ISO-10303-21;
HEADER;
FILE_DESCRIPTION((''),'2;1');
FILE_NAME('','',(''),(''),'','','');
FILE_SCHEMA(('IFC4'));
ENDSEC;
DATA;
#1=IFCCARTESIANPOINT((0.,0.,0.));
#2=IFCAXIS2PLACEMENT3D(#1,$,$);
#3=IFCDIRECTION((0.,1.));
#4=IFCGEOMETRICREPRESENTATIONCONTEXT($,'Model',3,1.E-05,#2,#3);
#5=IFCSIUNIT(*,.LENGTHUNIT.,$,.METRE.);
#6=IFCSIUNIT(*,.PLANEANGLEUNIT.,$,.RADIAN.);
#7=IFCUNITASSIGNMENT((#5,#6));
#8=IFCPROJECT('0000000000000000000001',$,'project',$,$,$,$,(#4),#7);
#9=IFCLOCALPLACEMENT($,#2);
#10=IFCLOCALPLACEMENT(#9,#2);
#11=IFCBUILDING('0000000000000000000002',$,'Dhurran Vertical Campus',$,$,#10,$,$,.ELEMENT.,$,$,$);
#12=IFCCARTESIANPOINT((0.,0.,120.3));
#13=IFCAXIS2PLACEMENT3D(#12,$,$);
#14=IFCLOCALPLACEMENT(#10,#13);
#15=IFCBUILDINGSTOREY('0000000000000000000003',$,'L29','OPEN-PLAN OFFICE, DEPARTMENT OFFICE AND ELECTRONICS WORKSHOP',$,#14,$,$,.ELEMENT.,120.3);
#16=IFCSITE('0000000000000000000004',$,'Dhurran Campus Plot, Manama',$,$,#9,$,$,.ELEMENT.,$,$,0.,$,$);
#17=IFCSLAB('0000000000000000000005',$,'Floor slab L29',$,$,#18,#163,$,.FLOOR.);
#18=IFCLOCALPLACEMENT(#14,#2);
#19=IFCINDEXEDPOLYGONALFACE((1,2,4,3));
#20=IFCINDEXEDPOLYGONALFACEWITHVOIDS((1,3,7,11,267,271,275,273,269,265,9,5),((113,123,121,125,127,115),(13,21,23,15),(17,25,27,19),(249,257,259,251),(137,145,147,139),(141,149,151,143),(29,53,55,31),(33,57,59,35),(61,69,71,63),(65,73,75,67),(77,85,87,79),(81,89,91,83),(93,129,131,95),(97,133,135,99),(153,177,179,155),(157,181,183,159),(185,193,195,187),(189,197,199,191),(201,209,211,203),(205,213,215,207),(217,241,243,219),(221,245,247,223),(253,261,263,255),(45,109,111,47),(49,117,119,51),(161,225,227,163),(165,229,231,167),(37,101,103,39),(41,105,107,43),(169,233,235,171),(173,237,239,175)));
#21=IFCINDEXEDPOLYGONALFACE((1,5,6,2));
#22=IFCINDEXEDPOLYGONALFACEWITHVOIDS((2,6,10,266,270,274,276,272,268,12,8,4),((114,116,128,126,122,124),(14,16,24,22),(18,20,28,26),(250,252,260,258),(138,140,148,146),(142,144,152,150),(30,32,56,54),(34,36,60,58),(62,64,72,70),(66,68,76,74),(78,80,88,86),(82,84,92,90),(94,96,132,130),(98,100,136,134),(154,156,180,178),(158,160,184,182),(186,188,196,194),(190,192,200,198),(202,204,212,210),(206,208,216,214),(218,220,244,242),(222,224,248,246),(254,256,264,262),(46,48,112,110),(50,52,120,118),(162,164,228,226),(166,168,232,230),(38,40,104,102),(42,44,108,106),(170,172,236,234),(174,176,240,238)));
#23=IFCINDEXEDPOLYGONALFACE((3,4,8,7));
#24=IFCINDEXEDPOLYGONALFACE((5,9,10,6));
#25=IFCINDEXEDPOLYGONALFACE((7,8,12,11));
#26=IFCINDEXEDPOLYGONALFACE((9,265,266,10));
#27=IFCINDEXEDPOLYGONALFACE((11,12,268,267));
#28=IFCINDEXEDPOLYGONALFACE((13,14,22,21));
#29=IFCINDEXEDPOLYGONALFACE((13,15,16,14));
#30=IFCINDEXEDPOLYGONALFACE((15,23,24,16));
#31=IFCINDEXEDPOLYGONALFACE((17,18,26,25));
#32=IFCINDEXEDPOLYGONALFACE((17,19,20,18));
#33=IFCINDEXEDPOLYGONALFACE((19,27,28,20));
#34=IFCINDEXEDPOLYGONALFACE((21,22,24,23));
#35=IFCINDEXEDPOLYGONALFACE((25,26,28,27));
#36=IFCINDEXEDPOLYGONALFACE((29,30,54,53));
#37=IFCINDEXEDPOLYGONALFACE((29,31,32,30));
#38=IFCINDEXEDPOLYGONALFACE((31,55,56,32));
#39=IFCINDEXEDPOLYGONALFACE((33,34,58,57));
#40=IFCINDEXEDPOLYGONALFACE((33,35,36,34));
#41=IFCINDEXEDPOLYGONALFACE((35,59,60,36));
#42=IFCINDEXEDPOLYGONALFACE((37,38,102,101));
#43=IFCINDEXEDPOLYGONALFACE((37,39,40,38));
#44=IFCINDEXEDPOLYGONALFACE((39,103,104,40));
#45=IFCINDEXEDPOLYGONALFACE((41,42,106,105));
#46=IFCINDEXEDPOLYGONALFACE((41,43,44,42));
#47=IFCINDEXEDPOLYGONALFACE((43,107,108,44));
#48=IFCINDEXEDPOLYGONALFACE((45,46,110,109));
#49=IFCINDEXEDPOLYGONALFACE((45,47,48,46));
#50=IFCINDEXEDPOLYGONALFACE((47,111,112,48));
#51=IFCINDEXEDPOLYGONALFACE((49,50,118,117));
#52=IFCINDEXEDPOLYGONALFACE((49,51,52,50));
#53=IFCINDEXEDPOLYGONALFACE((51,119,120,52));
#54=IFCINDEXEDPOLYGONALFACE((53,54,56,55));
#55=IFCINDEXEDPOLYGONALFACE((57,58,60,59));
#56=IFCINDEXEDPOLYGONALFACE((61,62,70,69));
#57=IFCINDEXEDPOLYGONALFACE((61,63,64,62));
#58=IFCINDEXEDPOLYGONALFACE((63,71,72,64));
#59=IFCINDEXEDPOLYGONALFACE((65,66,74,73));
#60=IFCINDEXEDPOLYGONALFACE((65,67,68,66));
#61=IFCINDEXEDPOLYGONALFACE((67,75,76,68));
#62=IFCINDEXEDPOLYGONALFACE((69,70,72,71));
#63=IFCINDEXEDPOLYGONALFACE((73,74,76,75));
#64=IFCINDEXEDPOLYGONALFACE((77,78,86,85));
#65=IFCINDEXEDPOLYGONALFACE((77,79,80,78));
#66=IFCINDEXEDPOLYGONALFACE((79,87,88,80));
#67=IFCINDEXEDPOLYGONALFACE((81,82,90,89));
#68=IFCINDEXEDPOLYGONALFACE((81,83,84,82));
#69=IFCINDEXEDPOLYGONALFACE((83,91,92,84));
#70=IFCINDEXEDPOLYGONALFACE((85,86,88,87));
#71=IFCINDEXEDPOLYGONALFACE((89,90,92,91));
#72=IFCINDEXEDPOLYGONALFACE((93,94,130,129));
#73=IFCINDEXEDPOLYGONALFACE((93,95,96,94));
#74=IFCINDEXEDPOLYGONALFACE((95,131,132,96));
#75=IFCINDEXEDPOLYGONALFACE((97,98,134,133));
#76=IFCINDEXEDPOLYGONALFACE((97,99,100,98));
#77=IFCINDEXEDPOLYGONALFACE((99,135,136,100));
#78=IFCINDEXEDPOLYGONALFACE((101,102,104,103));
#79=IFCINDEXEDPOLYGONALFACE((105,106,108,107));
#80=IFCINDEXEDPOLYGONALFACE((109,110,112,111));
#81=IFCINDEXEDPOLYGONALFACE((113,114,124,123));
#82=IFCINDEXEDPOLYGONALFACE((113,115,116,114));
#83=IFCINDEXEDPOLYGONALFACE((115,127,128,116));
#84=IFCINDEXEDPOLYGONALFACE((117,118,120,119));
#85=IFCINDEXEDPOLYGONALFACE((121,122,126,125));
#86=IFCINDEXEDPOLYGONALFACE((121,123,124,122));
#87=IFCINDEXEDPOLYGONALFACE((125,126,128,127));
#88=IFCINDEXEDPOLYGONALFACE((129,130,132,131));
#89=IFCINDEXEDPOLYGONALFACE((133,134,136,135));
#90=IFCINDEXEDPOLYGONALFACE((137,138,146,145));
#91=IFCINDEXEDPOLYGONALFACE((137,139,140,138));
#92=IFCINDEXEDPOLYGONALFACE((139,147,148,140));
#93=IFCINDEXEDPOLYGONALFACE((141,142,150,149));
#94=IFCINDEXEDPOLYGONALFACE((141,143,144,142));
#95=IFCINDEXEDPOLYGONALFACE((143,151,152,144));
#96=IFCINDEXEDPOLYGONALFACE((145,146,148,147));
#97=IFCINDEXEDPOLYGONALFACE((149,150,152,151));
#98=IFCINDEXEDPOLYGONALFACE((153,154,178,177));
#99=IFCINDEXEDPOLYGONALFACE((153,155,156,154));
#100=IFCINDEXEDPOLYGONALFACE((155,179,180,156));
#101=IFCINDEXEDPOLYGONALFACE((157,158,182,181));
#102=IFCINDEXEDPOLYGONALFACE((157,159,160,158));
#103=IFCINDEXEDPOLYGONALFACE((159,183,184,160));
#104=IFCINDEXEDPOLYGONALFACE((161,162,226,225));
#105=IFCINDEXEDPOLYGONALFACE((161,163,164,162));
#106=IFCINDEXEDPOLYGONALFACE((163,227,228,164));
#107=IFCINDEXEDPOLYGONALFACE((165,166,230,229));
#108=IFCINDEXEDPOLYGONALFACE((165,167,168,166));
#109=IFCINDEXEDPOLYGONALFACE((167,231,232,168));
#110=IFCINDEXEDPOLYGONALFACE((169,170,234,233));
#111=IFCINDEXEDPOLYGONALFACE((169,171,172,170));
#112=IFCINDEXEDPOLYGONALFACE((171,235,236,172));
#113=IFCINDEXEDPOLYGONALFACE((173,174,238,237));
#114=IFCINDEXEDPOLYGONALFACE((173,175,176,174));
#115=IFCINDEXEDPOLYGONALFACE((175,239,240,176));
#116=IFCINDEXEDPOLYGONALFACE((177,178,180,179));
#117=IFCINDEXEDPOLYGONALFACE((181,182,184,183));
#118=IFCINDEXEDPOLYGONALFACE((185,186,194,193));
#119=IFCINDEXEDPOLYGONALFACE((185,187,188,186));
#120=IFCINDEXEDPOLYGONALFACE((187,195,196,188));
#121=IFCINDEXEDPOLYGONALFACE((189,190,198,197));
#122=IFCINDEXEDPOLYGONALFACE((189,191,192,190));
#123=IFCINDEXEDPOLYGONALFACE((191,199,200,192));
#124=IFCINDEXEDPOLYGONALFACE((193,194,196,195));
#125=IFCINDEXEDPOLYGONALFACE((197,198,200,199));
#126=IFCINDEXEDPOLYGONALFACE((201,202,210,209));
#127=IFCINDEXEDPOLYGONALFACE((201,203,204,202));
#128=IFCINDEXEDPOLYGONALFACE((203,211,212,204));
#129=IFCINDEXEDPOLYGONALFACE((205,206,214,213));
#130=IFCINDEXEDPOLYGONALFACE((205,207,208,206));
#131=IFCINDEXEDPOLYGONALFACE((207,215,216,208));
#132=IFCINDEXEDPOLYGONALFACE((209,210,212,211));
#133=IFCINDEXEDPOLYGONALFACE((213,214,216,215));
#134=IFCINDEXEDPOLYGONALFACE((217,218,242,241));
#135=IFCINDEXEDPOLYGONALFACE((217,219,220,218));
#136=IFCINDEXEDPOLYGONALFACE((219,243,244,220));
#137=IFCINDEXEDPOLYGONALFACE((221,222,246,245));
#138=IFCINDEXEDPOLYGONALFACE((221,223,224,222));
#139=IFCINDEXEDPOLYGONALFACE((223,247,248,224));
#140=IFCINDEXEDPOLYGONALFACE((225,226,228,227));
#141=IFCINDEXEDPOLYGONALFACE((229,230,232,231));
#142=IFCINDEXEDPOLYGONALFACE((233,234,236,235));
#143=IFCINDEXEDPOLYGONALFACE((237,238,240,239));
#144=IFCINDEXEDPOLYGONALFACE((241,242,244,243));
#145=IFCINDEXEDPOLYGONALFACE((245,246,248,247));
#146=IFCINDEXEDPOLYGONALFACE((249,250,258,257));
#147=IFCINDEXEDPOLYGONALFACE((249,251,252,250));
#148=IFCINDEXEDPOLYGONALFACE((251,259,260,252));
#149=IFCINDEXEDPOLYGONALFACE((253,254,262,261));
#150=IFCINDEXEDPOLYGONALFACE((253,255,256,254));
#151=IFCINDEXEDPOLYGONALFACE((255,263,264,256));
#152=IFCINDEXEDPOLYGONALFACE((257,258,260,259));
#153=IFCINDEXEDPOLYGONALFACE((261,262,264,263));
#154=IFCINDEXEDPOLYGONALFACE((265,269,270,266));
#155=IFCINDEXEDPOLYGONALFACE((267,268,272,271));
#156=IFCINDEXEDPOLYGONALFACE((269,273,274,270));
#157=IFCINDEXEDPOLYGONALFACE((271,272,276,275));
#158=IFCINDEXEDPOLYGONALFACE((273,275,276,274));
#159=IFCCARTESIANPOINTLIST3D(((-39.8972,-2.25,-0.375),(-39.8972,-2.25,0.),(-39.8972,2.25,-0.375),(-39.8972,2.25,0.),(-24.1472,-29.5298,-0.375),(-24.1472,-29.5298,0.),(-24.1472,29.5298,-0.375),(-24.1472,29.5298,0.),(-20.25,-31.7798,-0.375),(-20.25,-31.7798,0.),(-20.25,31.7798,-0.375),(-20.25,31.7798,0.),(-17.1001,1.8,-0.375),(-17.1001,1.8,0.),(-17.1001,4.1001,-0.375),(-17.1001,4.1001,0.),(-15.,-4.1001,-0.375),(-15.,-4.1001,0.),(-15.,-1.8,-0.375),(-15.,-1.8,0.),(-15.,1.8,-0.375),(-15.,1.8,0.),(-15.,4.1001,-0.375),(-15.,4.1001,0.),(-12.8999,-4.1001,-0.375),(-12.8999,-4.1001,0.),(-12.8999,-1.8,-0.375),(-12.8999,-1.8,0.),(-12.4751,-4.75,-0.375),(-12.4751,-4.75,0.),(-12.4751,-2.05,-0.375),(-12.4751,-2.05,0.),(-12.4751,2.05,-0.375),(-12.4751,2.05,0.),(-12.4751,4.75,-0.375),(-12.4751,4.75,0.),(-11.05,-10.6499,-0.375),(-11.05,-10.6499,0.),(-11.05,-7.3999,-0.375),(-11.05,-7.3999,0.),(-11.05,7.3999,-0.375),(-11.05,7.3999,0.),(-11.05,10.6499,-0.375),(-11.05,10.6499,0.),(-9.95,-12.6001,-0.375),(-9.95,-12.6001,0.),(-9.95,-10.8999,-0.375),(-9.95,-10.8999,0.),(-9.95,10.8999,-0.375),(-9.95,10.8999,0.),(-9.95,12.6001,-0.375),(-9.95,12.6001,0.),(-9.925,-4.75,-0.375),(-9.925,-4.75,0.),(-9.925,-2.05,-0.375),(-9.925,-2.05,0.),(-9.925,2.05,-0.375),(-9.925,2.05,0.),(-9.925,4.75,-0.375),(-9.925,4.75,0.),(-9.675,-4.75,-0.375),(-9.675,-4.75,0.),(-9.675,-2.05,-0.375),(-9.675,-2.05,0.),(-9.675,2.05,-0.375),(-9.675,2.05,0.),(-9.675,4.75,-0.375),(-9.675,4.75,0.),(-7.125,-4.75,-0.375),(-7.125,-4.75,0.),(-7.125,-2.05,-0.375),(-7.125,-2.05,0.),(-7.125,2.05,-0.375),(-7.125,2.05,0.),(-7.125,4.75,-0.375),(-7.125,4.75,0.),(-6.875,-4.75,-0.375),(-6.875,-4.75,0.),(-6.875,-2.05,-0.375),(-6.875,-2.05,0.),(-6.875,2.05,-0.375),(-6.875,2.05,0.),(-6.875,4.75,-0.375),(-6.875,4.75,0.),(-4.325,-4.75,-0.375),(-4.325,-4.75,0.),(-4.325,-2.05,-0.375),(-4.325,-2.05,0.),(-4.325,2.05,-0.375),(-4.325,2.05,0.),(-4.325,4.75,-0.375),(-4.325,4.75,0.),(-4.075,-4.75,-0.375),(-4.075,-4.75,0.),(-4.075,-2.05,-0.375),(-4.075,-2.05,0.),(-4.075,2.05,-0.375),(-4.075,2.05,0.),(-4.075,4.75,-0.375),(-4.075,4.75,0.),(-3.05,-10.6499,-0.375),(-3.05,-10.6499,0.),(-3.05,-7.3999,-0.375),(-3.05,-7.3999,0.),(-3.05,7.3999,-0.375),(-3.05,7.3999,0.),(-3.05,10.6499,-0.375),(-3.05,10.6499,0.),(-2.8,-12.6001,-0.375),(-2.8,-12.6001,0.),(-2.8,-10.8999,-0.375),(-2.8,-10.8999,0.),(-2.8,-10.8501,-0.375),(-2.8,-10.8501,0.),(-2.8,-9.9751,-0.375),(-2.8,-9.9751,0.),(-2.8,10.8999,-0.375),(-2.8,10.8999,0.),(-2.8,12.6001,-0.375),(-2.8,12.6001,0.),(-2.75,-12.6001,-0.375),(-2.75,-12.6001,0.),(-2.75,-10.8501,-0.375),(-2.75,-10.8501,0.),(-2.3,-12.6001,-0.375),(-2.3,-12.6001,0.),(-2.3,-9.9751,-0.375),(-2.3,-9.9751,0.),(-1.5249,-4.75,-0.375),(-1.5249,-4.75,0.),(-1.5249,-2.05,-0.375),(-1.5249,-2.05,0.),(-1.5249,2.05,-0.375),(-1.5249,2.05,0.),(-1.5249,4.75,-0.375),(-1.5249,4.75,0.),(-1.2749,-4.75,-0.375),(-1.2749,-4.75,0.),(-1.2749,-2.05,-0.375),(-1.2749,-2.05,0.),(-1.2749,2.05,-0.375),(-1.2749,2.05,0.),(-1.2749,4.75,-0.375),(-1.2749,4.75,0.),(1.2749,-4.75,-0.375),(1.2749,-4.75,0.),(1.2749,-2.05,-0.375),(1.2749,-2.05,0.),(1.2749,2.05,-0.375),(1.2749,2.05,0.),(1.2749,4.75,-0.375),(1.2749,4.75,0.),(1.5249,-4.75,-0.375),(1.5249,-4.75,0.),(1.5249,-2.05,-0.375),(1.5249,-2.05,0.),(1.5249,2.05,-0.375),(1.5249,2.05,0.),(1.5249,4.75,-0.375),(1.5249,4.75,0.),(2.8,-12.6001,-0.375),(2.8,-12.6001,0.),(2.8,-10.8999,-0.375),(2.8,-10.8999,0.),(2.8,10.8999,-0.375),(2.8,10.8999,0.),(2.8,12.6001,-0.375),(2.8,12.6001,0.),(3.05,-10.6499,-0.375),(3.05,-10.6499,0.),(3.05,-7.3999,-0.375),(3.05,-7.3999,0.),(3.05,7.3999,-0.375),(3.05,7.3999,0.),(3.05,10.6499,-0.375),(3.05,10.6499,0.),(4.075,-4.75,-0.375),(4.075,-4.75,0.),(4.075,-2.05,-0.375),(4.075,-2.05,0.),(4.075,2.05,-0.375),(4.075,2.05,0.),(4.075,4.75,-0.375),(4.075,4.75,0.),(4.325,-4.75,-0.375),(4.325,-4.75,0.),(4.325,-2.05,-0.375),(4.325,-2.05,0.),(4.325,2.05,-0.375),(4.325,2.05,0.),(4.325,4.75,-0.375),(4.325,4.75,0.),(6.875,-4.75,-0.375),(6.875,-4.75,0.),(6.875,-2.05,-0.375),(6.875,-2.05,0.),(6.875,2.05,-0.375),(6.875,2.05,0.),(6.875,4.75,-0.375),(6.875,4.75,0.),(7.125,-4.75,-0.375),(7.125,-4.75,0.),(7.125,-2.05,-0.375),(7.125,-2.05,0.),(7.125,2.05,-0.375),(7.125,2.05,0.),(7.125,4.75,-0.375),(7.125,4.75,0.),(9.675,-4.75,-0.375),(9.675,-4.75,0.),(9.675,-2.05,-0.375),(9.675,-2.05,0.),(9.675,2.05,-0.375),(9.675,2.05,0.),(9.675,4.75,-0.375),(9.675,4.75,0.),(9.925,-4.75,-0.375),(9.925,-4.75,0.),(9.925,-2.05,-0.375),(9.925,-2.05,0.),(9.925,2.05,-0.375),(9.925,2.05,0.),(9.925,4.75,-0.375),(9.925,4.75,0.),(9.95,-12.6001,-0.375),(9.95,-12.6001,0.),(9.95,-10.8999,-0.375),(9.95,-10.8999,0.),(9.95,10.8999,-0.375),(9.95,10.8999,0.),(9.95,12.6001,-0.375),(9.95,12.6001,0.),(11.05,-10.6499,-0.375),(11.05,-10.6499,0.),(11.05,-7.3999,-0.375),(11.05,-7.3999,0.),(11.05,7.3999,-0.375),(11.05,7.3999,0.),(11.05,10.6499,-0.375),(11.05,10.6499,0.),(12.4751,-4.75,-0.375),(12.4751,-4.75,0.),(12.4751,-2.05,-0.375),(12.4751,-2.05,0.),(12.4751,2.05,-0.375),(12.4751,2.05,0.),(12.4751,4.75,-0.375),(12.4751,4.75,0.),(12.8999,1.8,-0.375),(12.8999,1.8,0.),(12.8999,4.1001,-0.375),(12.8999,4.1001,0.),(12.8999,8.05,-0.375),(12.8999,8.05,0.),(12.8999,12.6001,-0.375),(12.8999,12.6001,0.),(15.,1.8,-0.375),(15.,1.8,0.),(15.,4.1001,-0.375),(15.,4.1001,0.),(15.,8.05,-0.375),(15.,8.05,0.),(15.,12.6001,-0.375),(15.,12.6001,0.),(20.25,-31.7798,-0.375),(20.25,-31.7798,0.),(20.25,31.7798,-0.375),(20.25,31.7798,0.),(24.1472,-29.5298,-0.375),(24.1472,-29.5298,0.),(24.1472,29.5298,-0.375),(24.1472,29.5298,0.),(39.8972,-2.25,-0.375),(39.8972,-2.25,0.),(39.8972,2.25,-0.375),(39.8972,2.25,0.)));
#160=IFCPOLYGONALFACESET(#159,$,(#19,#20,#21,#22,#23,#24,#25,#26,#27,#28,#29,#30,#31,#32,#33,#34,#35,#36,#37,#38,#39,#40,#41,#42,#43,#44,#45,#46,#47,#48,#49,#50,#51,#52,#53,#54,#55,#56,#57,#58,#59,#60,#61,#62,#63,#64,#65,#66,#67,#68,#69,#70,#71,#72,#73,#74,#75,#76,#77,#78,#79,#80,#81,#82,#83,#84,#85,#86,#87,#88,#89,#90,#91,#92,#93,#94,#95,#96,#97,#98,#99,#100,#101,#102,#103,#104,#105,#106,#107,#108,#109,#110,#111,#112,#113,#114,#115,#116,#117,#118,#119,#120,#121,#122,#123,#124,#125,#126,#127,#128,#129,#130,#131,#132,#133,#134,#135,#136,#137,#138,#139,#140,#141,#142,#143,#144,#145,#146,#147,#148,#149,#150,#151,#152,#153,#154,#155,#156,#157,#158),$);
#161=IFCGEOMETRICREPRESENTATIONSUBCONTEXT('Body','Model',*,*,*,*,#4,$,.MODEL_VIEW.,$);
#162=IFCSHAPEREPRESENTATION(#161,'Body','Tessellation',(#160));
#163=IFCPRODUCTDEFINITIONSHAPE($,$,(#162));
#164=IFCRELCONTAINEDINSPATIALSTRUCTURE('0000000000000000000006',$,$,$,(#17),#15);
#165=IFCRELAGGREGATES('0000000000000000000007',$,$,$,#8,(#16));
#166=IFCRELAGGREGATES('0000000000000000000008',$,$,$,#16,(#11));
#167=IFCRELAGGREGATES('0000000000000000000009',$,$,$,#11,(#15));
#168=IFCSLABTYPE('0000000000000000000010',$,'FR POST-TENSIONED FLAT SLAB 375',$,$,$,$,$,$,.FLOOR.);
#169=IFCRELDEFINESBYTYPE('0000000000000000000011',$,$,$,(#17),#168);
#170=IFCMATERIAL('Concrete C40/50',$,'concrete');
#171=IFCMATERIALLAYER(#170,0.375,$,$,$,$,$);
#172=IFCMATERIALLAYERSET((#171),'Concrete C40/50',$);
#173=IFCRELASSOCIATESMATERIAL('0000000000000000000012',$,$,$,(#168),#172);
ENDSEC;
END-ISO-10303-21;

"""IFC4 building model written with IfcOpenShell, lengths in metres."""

from ifc_helpers import new_model, si_unit, direction, frame, origin, place, context, subcontext, project, spatial, polyline, outline, extrude, material, layer, layer_set, type_object, element, save


model = new_model("IFC4")

# Units and contexts
model_context = context("Model", 3, precision=1e-05, world=origin(), true_north=direction((0.0, 1.0)))
body_context = subcontext(model_context, "Body", "Model", "MODEL_VIEW")
ifc_project = project(units=[si_unit("LENGTHUNIT", "METRE"), si_unit("PLANEANGLEUNIT", "RADIAN")], contexts=[model_context])

# Site, building, storey
site_placement = place(None, origin())
site = spatial("IfcSite", under=ifc_project, at=site_placement, Name="Dhurran Campus Plot, Manama", CompositionType="ELEMENT", RefElevation=0.0)
building_placement = place(site_placement, origin())
building = spatial("IfcBuilding", under=site, at=building_placement, Name="Dhurran Vertical Campus", CompositionType="ELEMENT")
storey_placement = place(building_placement, frame((0.0, 0.0, 120.3)))
storey = spatial("IfcBuildingStorey", under=building, at=storey_placement, Name="L29", Description="OPEN-PLAN OFFICE, DEPARTMENT OFFICE AND ELECTRONICS WORKSHOP", CompositionType="ELEMENT", Elevation=120.3)

# Slab
ifc_material_1 = material(Name="Concrete C40/50", Category="concrete")
ifc_layer_1 = layer(ifc_material_1, 0.375)
ifc_layer_set_1 = layer_set([ifc_layer_1], Name="Concrete C40/50")
slab_type = type_object("IfcSlabType", Name="FR POST-TENSIONED FLAT SLAB 375", PredefinedType="FLOOR", material=ifc_layer_set_1)
slab_placement = place(storey_placement, frame((0.0, 0.0, -0.375)))
element("IfcSlab", 1, at=slab_placement, inside=storey, type_object=slab_type, Name="Floor slab L29", PredefinedType="FLOOR", context=body_context, shape_type="SweptSolid", body=[
    extrude(outline(polyline([(-20.25, -31.7798), (20.25, -31.7798), (24.1472, -29.5298), (39.8972, -2.25), (39.8972, 2.25), (24.1472, 29.5298), (20.25, 31.7798), (-20.25, 31.7798), (-24.1472, 29.5298), (-39.8972, 2.25), (-39.8972, -2.25), (-24.1472, -29.5298), (-20.25, -31.7798)]), holes=[polyline([(-12.4751, 2.05), (-9.925, 2.05), (-9.925, 4.75), (-12.4751, 4.75), (-12.4751, 2.05)]), polyline([(-9.675, 2.05), (-7.125, 2.05), (-7.125, 4.75), (-9.675, 4.75), (-9.675, 2.05)]), polyline([(-6.875, 2.05), (-4.325, 2.05), (-4.325, 4.75), (-6.875, 4.75), (-6.875, 2.05)]), polyline([(-1.2749, 2.05), (1.2749, 2.05), (1.2749, 4.75), (-1.2749, 4.75), (-1.2749, 2.05)]), polyline([(9.925, 2.05), (12.4751, 2.05), (12.4751, 4.75), (9.925, 4.75), (9.925, 2.05)]), polyline([(-1.2749, -4.75), (1.2749, -4.75), (1.2749, -2.05), (-1.2749, -2.05), (-1.2749, -4.75)]), polyline([(1.5249, -4.75), (4.075, -4.75), (4.075, -2.05), (1.5249, -2.05), (1.5249, -4.75)]), polyline([(4.325, -4.75), (6.875, -4.75), (6.875, -2.05), (4.325, -2.05), (4.325, -4.75)]), polyline([(7.125, -4.75), (9.675, -4.75), (9.675, -2.05), (7.125, -2.05), (7.125, -4.75)]), polyline([(9.925, -4.75), (12.4751, -4.75), (12.4751, -2.05), (9.925, -2.05), (9.925, -4.75)]), polyline([(-4.075, 2.05), (-1.5249, 2.05), (-1.5249, 4.75), (-4.075, 4.75), (-4.075, 2.05)]), polyline([(1.5249, 2.05), (4.075, 2.05), (4.075, 4.75), (1.5249, 4.75), (1.5249, 2.05)]), polyline([(4.325, 2.05), (6.875, 2.05), (6.875, 4.75), (4.325, 4.75), (4.325, 2.05)]), polyline([(7.125, 2.05), (9.675, 2.05), (9.675, 4.75), (7.125, 4.75), (7.125, 2.05)]), polyline([(-12.4751, -4.75), (-9.925, -4.75), (-9.925, -2.05), (-12.4751, -2.05), (-12.4751, -4.75)]), polyline([(-9.675, -4.75), (-7.125, -4.75), (-7.125, -2.05), (-9.675, -2.05), (-9.675, -4.75)]), polyline([(-6.875, -4.75), (-4.325, -4.75), (-4.325, -2.05), (-6.875, -2.05), (-6.875, -4.75)]), polyline([(-4.075, -4.75), (-1.5249, -4.75), (-1.5249, -2.05), (-4.075, -2.05), (-4.075, -4.75)]), polyline([(-11.05, 7.3999), (-3.05, 7.3999), (-3.05, 10.6499), (-11.05, 10.6499), (-11.05, 7.3999)]), polyline([(3.05, 7.3999), (11.05, 7.3999), (11.05, 10.6499), (3.05, 10.6499), (3.05, 7.3999)]), polyline([(-11.05, -10.6499), (-3.05, -10.6499), (-3.05, -7.3999), (-11.05, -7.3999), (-11.05, -10.6499)]), polyline([(3.05, -10.6499), (11.05, -10.6499), (11.05, -7.3999), (3.05, -7.3999), (3.05, -10.6499)]), polyline([(-9.95, 10.8999), (-9.95, 12.6001), (-2.8, 12.6001), (-2.8, 10.8999), (-9.95, 10.8999)]), polyline([(9.95, 12.6001), (9.95, 10.8999), (2.8, 10.8999), (2.8, 12.6001), (9.95, 12.6001)]), polyline([(-9.95, -12.6001), (-9.95, -10.8999), (-2.8, -10.8999), (-2.8, -12.6001), (-9.95, -12.6001)]), polyline([(9.95, -10.8999), (9.95, -12.6001), (2.8, -12.6001), (2.8, -10.8999), (9.95, -10.8999)]), polyline([(-12.8999, -4.1001), (-15.0, -4.1001), (-15.0, -1.8), (-12.8999, -1.8), (-12.8999, -4.1001)]), polyline([(-17.1001, 4.1001), (-15.0, 4.1001), (-15.0, 1.8), (-17.1001, 1.8), (-17.1001, 4.1001)]), polyline([(12.8999, 4.1001), (15.0, 4.1001), (15.0, 1.8), (12.8999, 1.8), (12.8999, 4.1001)]), polyline([(-2.3, -9.9751), (-2.3, -12.6001), (-2.75, -12.6001), (-2.75, -10.8501), (-2.8, -10.8501), (-2.8, -9.9751), (-2.3, -9.9751)]), polyline([(15.0, 8.05), (12.8999, 8.05), (12.8999, 12.6001), (15.0, 12.6001), (15.0, 8.05)])]), origin(), (0.0, 0.0, 1.0), 0.375),
])

save(model, "model.ifc")
